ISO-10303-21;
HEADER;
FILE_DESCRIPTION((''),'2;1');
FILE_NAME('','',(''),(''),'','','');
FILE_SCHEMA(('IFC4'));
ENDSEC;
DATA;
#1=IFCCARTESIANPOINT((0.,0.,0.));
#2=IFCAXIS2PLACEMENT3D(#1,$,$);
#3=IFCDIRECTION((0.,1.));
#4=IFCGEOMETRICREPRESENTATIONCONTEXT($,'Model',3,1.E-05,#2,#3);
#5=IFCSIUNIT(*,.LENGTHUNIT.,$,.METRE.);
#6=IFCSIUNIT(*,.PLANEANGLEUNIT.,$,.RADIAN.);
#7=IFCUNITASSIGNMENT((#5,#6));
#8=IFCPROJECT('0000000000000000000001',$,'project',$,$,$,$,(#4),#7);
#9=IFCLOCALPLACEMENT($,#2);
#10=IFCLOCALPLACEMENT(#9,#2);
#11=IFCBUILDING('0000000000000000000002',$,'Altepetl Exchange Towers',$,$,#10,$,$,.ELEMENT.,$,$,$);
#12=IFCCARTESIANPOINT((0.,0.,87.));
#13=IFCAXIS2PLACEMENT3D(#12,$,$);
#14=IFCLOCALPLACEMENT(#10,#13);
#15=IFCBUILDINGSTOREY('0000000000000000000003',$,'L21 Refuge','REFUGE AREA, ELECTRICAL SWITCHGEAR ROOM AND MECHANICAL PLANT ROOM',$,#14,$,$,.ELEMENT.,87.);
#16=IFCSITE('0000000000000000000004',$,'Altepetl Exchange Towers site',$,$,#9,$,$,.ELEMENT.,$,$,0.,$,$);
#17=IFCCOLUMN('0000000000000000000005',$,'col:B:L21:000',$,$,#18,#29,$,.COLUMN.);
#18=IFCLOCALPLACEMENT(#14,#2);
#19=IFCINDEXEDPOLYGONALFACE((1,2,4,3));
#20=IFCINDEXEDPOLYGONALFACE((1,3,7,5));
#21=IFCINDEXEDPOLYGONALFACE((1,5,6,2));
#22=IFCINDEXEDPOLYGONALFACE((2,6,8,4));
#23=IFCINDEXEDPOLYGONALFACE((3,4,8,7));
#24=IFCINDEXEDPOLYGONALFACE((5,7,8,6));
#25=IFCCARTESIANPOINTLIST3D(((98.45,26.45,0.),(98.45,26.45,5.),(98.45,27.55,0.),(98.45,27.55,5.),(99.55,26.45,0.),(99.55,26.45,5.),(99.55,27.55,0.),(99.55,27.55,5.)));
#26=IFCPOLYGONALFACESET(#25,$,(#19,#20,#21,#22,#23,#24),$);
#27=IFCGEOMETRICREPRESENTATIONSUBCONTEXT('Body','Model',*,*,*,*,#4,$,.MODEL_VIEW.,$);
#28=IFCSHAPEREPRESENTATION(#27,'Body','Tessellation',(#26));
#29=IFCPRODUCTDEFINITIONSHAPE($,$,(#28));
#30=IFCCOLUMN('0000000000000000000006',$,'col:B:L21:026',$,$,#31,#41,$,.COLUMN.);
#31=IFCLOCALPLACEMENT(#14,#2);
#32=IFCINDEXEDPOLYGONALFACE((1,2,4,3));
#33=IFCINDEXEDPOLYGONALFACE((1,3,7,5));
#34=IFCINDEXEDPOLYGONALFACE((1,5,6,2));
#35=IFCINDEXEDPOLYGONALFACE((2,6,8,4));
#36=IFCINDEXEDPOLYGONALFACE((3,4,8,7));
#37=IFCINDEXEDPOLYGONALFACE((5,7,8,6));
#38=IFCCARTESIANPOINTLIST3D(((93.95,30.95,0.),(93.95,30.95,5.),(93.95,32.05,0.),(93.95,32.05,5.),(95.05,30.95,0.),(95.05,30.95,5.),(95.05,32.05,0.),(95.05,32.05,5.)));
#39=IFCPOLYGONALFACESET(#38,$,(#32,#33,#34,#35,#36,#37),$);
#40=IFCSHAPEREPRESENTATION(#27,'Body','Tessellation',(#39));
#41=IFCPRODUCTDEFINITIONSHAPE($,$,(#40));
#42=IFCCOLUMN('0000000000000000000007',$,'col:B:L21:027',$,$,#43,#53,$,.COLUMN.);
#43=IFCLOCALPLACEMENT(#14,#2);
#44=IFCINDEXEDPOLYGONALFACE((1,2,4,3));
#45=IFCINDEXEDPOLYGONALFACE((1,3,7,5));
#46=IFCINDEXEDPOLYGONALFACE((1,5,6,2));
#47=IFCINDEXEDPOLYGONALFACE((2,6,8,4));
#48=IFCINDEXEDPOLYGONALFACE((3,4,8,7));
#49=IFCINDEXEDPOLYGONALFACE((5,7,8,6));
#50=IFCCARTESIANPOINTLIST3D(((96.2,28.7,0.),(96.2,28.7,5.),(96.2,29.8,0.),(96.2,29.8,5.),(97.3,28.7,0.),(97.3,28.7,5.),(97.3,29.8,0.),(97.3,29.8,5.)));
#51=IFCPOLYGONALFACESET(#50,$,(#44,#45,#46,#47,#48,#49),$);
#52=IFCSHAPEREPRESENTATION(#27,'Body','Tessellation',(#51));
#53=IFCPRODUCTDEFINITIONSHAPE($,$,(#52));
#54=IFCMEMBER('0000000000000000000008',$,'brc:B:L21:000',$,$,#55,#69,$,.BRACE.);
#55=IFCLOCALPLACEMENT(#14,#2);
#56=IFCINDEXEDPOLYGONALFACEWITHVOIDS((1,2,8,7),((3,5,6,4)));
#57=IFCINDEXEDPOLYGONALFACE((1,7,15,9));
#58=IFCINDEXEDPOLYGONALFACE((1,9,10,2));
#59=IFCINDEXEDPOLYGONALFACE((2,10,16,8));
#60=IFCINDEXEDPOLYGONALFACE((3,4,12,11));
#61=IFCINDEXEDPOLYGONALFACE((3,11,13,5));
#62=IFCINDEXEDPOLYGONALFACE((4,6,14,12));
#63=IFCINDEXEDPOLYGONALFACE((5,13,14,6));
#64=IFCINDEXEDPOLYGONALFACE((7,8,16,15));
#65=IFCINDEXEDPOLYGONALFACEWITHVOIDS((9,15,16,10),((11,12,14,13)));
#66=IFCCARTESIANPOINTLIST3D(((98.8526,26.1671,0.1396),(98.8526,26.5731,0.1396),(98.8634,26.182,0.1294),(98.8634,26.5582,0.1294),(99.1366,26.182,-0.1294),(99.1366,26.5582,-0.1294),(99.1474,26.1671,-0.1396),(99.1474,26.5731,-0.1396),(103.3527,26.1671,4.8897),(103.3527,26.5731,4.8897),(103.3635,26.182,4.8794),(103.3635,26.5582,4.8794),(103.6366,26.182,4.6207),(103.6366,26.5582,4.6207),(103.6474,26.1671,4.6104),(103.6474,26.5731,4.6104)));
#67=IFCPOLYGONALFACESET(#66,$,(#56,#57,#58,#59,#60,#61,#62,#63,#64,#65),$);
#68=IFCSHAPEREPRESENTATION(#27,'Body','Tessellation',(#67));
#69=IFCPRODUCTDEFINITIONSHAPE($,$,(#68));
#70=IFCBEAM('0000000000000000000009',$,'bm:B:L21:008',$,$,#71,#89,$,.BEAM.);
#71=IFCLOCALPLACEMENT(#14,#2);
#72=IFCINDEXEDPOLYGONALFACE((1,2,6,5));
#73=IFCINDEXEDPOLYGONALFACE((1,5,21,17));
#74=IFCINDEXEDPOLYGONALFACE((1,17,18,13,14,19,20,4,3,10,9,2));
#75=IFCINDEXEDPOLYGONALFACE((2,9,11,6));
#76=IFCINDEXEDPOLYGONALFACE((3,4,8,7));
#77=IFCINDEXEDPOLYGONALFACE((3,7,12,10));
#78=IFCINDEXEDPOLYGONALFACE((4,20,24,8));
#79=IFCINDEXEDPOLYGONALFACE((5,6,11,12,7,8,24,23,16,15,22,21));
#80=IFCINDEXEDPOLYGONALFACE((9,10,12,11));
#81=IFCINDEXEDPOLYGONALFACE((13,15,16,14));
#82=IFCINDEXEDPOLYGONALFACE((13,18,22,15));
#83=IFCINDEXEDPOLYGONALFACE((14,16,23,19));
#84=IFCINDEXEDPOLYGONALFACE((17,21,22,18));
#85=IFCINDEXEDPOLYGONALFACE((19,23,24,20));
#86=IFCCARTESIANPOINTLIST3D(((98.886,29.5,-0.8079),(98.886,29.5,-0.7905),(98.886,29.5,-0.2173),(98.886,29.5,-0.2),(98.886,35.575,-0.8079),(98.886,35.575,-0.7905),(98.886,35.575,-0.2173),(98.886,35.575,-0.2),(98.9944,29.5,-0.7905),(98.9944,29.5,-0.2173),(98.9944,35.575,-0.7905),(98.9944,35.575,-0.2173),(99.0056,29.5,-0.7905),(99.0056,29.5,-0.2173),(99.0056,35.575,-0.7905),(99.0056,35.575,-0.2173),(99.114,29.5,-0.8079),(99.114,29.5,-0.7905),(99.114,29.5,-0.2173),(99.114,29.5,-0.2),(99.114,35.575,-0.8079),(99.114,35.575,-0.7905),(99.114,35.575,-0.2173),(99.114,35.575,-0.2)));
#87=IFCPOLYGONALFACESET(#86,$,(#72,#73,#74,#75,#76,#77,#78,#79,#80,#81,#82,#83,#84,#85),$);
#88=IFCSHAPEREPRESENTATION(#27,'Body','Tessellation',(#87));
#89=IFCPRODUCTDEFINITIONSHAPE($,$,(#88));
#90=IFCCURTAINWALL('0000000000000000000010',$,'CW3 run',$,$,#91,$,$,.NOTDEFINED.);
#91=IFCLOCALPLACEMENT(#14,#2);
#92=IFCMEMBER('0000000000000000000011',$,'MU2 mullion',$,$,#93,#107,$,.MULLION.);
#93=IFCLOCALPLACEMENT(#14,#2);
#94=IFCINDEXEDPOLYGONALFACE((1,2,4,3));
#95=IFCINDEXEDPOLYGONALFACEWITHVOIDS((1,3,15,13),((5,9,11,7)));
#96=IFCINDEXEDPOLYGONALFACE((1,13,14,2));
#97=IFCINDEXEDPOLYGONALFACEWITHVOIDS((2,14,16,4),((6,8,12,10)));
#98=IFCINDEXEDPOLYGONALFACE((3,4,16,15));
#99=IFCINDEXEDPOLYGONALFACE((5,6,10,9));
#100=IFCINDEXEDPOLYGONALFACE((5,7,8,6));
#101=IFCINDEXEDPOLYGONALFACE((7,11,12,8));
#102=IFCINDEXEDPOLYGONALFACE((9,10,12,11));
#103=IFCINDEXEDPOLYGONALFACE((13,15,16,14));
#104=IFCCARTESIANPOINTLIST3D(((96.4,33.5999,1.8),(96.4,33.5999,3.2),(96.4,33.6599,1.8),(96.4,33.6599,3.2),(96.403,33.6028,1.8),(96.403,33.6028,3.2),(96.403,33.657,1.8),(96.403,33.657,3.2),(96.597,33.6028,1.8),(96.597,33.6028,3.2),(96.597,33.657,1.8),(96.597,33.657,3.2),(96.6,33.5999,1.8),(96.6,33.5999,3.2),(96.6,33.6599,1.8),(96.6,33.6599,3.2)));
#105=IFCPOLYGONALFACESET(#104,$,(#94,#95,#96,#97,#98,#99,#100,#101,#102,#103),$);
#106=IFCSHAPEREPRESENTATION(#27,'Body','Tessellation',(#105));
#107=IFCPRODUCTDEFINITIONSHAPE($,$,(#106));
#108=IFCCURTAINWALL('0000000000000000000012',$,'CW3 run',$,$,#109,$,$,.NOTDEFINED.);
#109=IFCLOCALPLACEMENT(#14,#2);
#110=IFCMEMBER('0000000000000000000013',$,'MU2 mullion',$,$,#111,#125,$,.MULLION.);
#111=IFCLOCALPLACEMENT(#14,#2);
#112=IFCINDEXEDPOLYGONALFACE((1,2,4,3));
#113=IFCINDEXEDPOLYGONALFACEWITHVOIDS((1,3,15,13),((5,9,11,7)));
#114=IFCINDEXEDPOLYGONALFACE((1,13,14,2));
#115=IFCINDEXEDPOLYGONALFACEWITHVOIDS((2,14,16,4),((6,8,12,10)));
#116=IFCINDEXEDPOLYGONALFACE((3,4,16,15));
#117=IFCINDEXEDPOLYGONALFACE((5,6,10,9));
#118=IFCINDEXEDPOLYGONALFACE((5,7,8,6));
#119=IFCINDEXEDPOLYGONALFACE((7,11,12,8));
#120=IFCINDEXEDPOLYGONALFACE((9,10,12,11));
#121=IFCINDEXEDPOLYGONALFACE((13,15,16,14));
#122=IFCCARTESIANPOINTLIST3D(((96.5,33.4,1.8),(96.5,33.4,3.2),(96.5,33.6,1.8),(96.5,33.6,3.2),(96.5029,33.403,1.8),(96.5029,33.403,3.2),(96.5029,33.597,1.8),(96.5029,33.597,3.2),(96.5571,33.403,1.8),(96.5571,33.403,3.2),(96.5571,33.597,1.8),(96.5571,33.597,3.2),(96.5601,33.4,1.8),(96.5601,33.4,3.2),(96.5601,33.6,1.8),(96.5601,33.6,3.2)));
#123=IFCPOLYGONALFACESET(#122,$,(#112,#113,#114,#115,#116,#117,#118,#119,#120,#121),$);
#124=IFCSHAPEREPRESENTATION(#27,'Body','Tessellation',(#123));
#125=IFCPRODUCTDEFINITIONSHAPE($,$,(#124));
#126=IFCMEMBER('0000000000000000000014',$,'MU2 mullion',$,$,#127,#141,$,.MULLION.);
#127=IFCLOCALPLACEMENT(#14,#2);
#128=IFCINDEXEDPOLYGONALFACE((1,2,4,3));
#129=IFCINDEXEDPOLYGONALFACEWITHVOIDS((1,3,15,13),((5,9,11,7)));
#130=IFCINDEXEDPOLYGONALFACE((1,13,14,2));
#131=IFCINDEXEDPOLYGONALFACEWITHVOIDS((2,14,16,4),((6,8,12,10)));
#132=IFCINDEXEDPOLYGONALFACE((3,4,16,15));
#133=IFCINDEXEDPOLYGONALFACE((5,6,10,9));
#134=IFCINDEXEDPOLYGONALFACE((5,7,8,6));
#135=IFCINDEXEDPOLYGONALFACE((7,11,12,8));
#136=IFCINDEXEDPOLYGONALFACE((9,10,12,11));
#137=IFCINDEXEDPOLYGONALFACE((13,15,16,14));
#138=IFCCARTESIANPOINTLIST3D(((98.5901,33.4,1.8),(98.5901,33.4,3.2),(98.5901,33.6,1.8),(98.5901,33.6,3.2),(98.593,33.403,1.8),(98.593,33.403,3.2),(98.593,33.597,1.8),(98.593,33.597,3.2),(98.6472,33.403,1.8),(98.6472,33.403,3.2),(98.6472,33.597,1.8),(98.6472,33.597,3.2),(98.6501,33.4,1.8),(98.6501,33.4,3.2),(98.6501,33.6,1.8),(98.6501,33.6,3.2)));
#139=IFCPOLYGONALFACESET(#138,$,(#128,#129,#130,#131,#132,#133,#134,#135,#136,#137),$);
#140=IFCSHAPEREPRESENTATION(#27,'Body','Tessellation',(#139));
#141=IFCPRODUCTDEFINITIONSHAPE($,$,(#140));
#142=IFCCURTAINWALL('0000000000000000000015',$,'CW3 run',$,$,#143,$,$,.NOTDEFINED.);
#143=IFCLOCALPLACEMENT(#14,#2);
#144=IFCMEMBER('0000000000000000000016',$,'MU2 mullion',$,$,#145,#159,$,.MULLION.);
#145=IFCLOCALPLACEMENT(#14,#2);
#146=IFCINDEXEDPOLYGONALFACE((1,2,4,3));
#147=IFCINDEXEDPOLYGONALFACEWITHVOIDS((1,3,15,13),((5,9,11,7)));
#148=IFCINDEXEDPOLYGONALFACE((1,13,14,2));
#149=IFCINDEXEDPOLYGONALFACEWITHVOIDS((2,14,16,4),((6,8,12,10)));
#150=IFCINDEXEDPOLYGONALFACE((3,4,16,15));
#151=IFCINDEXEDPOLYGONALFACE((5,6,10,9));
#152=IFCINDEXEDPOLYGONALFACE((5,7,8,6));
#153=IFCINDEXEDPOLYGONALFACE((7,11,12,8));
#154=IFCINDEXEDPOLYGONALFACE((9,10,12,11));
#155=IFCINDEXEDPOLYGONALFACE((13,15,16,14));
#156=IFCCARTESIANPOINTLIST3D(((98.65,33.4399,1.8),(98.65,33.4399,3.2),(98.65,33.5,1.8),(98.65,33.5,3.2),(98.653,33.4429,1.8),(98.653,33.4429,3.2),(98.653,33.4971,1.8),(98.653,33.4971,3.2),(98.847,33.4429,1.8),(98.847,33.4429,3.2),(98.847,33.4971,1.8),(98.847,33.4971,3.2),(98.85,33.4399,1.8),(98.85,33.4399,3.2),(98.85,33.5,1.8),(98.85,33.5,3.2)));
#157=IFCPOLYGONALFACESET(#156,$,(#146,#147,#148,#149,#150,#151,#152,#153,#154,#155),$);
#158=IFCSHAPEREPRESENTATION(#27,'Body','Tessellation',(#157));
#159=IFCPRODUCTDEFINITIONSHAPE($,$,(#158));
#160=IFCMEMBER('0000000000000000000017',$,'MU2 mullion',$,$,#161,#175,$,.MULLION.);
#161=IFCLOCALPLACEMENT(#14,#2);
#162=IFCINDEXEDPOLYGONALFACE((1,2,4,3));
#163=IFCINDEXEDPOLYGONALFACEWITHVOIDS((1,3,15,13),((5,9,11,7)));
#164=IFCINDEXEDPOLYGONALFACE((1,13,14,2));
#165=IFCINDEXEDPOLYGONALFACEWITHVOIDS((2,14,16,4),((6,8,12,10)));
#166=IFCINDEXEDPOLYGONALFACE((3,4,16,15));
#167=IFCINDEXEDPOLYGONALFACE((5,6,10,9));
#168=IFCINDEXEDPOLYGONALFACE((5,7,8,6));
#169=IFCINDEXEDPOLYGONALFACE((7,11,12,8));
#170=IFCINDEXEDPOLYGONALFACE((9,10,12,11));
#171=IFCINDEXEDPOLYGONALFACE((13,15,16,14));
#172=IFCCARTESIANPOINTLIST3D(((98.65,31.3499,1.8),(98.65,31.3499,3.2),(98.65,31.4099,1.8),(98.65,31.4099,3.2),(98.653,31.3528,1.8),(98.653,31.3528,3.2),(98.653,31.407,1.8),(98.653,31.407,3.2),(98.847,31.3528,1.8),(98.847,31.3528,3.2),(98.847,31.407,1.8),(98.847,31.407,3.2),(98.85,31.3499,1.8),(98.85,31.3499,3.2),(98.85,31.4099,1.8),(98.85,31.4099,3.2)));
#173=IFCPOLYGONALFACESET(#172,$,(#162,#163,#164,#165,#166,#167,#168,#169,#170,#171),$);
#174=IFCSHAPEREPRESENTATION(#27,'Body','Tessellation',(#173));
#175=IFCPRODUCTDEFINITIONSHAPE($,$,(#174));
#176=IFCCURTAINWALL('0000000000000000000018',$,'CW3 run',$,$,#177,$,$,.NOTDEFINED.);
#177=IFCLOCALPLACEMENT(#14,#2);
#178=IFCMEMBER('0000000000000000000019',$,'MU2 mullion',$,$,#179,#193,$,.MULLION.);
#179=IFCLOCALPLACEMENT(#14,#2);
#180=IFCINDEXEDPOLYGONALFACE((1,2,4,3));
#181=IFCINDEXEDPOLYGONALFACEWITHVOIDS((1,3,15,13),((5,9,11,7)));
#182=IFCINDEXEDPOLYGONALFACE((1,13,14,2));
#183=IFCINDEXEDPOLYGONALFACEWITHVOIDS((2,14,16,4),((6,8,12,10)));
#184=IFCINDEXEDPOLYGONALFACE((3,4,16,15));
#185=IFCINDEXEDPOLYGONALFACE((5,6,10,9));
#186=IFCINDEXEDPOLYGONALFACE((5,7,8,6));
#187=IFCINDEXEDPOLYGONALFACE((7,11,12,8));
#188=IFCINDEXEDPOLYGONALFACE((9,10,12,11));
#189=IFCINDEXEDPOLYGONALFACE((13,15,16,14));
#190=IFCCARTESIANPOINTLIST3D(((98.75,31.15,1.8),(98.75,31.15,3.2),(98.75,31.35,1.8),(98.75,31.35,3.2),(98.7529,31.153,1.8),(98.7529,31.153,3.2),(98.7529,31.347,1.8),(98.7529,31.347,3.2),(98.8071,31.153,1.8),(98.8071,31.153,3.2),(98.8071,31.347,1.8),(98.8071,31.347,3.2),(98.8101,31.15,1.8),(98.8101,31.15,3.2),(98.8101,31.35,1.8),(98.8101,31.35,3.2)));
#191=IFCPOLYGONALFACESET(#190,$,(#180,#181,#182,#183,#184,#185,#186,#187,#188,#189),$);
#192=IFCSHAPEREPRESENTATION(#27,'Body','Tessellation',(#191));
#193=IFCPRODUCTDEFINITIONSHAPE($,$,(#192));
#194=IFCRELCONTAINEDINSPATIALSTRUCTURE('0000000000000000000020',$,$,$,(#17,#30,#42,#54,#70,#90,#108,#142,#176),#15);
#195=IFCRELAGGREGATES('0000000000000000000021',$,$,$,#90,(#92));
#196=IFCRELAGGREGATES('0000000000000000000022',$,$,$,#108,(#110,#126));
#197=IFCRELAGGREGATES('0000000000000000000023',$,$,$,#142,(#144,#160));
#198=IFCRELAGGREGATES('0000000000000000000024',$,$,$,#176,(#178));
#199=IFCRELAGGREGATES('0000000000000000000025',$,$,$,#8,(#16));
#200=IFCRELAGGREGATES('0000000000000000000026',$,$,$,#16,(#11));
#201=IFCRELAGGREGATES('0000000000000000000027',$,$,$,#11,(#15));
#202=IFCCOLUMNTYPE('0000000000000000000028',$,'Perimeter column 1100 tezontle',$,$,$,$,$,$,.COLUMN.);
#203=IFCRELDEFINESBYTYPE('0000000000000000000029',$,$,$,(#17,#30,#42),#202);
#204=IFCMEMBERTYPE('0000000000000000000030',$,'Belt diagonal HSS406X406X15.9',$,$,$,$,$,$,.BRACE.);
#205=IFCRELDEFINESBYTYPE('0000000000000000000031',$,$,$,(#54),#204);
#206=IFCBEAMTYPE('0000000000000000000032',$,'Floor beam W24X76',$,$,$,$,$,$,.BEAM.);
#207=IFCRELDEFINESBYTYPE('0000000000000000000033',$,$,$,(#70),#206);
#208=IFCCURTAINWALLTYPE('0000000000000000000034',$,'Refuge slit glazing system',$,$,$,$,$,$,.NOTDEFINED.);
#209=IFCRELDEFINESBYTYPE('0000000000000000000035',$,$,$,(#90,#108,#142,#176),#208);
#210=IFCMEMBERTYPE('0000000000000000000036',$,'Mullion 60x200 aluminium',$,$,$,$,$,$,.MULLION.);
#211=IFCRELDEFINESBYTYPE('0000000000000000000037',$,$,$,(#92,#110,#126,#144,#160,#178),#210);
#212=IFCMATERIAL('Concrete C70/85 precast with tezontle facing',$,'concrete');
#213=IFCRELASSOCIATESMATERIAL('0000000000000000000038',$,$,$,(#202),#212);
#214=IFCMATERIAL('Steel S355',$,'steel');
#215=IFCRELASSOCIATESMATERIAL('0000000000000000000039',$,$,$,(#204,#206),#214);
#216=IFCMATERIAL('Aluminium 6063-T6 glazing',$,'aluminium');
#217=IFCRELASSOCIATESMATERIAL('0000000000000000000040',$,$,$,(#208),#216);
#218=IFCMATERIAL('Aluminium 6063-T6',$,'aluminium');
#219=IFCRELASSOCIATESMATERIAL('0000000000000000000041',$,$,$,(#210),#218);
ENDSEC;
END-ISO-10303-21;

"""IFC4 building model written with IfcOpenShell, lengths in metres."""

from ifc_helpers import new_model, si_unit, direction, frame, origin, origin_2d, place, context, subcontext, project, spatial, rectangle, hollow_rectangle, i_section, extrude, material, material_profile, profile_set, type_object, element, aggregate, save


model = new_model("IFC4")

# Units and contexts
model_context = context("Model", 3, precision=1e-05, world=origin(), true_north=direction((0.0, 1.0)))
body_context = subcontext(model_context, "Body", "Model", "MODEL_VIEW")
ifc_project = project(units=[si_unit("LENGTHUNIT", "METRE"), si_unit("PLANEANGLEUNIT", "RADIAN")], contexts=[model_context])

# Site, building, storey
site_placement = place(None, origin())
site = spatial("IfcSite", under=ifc_project, at=site_placement, Name="Altepetl Exchange Towers site", CompositionType="ELEMENT", RefElevation=0.0)
building_placement = place(site_placement, origin())
building = spatial("IfcBuilding", under=site, at=building_placement, Name="Altepetl Exchange Towers", CompositionType="ELEMENT")
storey_placement = place(building_placement, frame((0.0, 0.0, 87.0)))
storey = spatial("IfcBuildingStorey", under=building, at=storey_placement, Name="L21 Refuge", Description="REFUGE AREA, ELECTRICAL SWITCHGEAR ROOM AND MECHANICAL PLANT ROOM", CompositionType="ELEMENT", Elevation=87.0)

# Columns
ifc_material_1 = material(Name="Concrete C70/85 precast with tezontle facing", Category="concrete")
ifc_material_profile_1 = material_profile(ifc_material_1, rectangle(XDim=1.1001, YDim=1.1001, at=origin_2d()), Name="1100 x 1100")
ifc_profile_set_1 = profile_set([ifc_material_profile_1], Name="Concrete C70/85 precast with tezontle facing")
column_type = type_object("IfcColumnType", Name="Perimeter column 1100 tezontle", PredefinedType="COLUMN", material=ifc_profile_set_1)
for number, where, name in (
    (1, (99.0, 27.0, 0.0), "col:B:L21:000"),
    (2, (94.5, 31.5, 0.0), "col:B:L21:026"),
    (3, (96.75, 29.25, 0.0), "col:B:L21:027"),
):
    element("IfcColumn", number, at=place(storey_placement, frame(where)), inside=storey, type_object=column_type, Name=name, PredefinedType="COLUMN", context=body_context, shape_type="SweptSolid", body=[
        extrude(rectangle(XDim=1.1001, YDim=1.1001, at=origin_2d()), origin(), (0.0, 0.0, 1.0), 5.0),
    ])

# Member
ifc_material_2 = material(Name="Steel S355", Category="steel")
ifc_material_profile_2 = material_profile(ifc_material_2, hollow_rectangle(XDim=0.406, YDim=0.406, WallThickness=0.0149, at=origin_2d()), Name="HSS406X406X15.9")
ifc_profile_set_2 = profile_set([ifc_material_profile_2], Name="Steel S355")
member_type_1 = type_object("IfcMemberType", Name="Belt diagonal HSS406X406X15.9", PredefinedType="BRACE", material=ifc_profile_set_2)
member_1_placement = place(storey_placement, frame((99.0, 26.3701, 0.0), z_axis=(0.687745, 0.0, 0.725953), x_axis=(0.0, 1.0, 0.0)))
element("IfcMember", 4, at=member_1_placement, inside=storey, type_object=member_type_1, Name="brc:B:L21:000", PredefinedType="BRACE", context=body_context, shape_type="SweptSolid", body=[
    extrude(hollow_rectangle(XDim=0.406, YDim=0.406, WallThickness=0.0149, at=origin_2d()), origin(), (0.0, 0.0, 1.0), 6.5432),
])

# Beam
ifc_material_profile_3 = material_profile(ifc_material_2, i_section(OverallWidth=0.228, OverallDepth=0.6079, WebThickness=0.0112, FlangeThickness=0.0173, at=origin_2d()), Name="W24X76")
ifc_profile_set_3 = profile_set([ifc_material_profile_3], Name="Steel S355")
beam_type_1 = type_object("IfcBeamType", Name="Floor beam W24X76", PredefinedType="BEAM", material=ifc_profile_set_3)
beam_1_placement = place(storey_placement, frame((99.0, 29.5, -0.5039), z_axis=(0.0, 1.0, 0.0), x_axis=(-1.0, 0.0, 0.0)))
element("IfcBeam", 5, at=beam_1_placement, inside=storey, type_object=beam_type_1, Name="bm:B:L21:008", PredefinedType="BEAM", context=body_context, shape_type="SweptSolid", body=[
    extrude(i_section(OverallWidth=0.228, OverallDepth=0.6079, WebThickness=0.0112, FlangeThickness=0.0173, at=origin_2d()), origin(), (0.0, 0.0, 1.0), 6.075),
])

# Curtain wall, member
ifc_material_3 = material(Name="Aluminium 6063-T6 glazing", Category="aluminium")
curtain_wall_type = type_object("IfcCurtainWallType", Name="Refuge slit glazing system", PredefinedType="NOTDEFINED", material=ifc_material_3)
curtain_wall_1_placement = place(storey_placement, origin())
curtain_wall_1 = element("IfcCurtainWall", 6, at=curtain_wall_1_placement, inside=storey, type_object=curtain_wall_type, Name="CW3 run", PredefinedType="NOTDEFINED")
ifc_material_4 = material(Name="Aluminium 6063-T6", Category="aluminium")
ifc_material_profile_4 = material_profile(ifc_material_4, hollow_rectangle(XDim=0.0601, YDim=0.2, WallThickness=0.0029, at=origin_2d()), Name="Mullion 60x200 aluminium")
ifc_profile_set_4 = profile_set([ifc_material_profile_4], Name="Aluminium 6063-T6")
member_type_2 = type_object("IfcMemberType", Name="Mullion 60x200 aluminium", PredefinedType="MULLION", material=ifc_profile_set_4)
member_2_placement = place(storey_placement, frame((96.5, 33.6299, 1.8), z_axis=(0.0, 0.0, 1.0), x_axis=(0.0, -1.0, 0.0)))
member_2 = element("IfcMember", 7, at=member_2_placement, type_object=member_type_2, Name="MU2 mullion", PredefinedType="MULLION", context=body_context, shape_type="SweptSolid", body=[
    extrude(hollow_rectangle(XDim=0.0601, YDim=0.2, WallThickness=0.0029, at=origin_2d()), origin(), (0.0, 0.0, 1.0), 1.3999),
])
aggregate(curtain_wall_1, [member_2])

# Curtain walls, members
curtain_wall_2_placement = place(storey_placement, origin())
curtain_wall_2 = element("IfcCurtainWall", 8, at=curtain_wall_2_placement, inside=storey, type_object=curtain_wall_type, Name="CW3 run", PredefinedType="NOTDEFINED")
member_3_placement = place(storey_placement, frame((96.53, 33.5, 1.8)))
member_3 = element("IfcMember", 9, at=member_3_placement, type_object=member_type_2, Name="MU2 mullion", PredefinedType="MULLION", context=body_context, shape_type="SweptSolid", body=[
    extrude(hollow_rectangle(XDim=0.0601, YDim=0.2, WallThickness=0.0029, at=origin_2d()), origin(), (0.0, 0.0, 1.0), 1.3999),
])
member_4_placement = place(storey_placement, frame((98.6201, 33.5, 1.8)))
member_4 = element("IfcMember", 10, at=member_4_placement, type_object=member_type_2, Name="MU2 mullion", PredefinedType="MULLION", context=body_context, shape_type="SweptSolid", body=[
    extrude(hollow_rectangle(XDim=0.0601, YDim=0.2, WallThickness=0.0029, at=origin_2d()), origin(), (0.0, 0.0, 1.0), 1.3999),
])
curtain_wall_3_placement = place(storey_placement, origin())
curtain_wall_3 = element("IfcCurtainWall", 11, at=curtain_wall_3_placement, inside=storey, type_object=curtain_wall_type, Name="CW3 run", PredefinedType="NOTDEFINED")
member_5_placement = place(storey_placement, frame((98.75, 33.47, 1.8), z_axis=(0.0, 0.0, 1.0), x_axis=(0.0, -1.0, 0.0)))
member_5 = element("IfcMember", 12, at=member_5_placement, type_object=member_type_2, Name="MU2 mullion", PredefinedType="MULLION", context=body_context, shape_type="SweptSolid", body=[
    extrude(hollow_rectangle(XDim=0.0601, YDim=0.2, WallThickness=0.0029, at=origin_2d()), origin(), (0.0, 0.0, 1.0), 1.3999),
])
member_6_placement = place(storey_placement, frame((98.75, 31.3799, 1.8), z_axis=(0.0, 0.0, 1.0), x_axis=(0.0, -1.0, 0.0)))
member_6 = element("IfcMember", 13, at=member_6_placement, type_object=member_type_2, Name="MU2 mullion", PredefinedType="MULLION", context=body_context, shape_type="SweptSolid", body=[
    extrude(hollow_rectangle(XDim=0.0601, YDim=0.2, WallThickness=0.0029, at=origin_2d()), origin(), (0.0, 0.0, 1.0), 1.3999),
])
curtain_wall_4_placement = place(storey_placement, origin())
curtain_wall_4 = element("IfcCurtainWall", 14, at=curtain_wall_4_placement, inside=storey, type_object=curtain_wall_type, Name="CW3 run", PredefinedType="NOTDEFINED")
member_7_placement = place(storey_placement, frame((98.78, 31.25, 1.8)))
member_7 = element("IfcMember", 15, at=member_7_placement, type_object=member_type_2, Name="MU2 mullion", PredefinedType="MULLION", context=body_context, shape_type="SweptSolid", body=[
    extrude(hollow_rectangle(XDim=0.0601, YDim=0.2, WallThickness=0.0029, at=origin_2d()), origin(), (0.0, 0.0, 1.0), 1.3999),
])

aggregate(curtain_wall_2, [member_3, member_4])
aggregate(curtain_wall_3, [member_5, member_6])
aggregate(curtain_wall_4, [member_7])

save(model, "model.ifc")
